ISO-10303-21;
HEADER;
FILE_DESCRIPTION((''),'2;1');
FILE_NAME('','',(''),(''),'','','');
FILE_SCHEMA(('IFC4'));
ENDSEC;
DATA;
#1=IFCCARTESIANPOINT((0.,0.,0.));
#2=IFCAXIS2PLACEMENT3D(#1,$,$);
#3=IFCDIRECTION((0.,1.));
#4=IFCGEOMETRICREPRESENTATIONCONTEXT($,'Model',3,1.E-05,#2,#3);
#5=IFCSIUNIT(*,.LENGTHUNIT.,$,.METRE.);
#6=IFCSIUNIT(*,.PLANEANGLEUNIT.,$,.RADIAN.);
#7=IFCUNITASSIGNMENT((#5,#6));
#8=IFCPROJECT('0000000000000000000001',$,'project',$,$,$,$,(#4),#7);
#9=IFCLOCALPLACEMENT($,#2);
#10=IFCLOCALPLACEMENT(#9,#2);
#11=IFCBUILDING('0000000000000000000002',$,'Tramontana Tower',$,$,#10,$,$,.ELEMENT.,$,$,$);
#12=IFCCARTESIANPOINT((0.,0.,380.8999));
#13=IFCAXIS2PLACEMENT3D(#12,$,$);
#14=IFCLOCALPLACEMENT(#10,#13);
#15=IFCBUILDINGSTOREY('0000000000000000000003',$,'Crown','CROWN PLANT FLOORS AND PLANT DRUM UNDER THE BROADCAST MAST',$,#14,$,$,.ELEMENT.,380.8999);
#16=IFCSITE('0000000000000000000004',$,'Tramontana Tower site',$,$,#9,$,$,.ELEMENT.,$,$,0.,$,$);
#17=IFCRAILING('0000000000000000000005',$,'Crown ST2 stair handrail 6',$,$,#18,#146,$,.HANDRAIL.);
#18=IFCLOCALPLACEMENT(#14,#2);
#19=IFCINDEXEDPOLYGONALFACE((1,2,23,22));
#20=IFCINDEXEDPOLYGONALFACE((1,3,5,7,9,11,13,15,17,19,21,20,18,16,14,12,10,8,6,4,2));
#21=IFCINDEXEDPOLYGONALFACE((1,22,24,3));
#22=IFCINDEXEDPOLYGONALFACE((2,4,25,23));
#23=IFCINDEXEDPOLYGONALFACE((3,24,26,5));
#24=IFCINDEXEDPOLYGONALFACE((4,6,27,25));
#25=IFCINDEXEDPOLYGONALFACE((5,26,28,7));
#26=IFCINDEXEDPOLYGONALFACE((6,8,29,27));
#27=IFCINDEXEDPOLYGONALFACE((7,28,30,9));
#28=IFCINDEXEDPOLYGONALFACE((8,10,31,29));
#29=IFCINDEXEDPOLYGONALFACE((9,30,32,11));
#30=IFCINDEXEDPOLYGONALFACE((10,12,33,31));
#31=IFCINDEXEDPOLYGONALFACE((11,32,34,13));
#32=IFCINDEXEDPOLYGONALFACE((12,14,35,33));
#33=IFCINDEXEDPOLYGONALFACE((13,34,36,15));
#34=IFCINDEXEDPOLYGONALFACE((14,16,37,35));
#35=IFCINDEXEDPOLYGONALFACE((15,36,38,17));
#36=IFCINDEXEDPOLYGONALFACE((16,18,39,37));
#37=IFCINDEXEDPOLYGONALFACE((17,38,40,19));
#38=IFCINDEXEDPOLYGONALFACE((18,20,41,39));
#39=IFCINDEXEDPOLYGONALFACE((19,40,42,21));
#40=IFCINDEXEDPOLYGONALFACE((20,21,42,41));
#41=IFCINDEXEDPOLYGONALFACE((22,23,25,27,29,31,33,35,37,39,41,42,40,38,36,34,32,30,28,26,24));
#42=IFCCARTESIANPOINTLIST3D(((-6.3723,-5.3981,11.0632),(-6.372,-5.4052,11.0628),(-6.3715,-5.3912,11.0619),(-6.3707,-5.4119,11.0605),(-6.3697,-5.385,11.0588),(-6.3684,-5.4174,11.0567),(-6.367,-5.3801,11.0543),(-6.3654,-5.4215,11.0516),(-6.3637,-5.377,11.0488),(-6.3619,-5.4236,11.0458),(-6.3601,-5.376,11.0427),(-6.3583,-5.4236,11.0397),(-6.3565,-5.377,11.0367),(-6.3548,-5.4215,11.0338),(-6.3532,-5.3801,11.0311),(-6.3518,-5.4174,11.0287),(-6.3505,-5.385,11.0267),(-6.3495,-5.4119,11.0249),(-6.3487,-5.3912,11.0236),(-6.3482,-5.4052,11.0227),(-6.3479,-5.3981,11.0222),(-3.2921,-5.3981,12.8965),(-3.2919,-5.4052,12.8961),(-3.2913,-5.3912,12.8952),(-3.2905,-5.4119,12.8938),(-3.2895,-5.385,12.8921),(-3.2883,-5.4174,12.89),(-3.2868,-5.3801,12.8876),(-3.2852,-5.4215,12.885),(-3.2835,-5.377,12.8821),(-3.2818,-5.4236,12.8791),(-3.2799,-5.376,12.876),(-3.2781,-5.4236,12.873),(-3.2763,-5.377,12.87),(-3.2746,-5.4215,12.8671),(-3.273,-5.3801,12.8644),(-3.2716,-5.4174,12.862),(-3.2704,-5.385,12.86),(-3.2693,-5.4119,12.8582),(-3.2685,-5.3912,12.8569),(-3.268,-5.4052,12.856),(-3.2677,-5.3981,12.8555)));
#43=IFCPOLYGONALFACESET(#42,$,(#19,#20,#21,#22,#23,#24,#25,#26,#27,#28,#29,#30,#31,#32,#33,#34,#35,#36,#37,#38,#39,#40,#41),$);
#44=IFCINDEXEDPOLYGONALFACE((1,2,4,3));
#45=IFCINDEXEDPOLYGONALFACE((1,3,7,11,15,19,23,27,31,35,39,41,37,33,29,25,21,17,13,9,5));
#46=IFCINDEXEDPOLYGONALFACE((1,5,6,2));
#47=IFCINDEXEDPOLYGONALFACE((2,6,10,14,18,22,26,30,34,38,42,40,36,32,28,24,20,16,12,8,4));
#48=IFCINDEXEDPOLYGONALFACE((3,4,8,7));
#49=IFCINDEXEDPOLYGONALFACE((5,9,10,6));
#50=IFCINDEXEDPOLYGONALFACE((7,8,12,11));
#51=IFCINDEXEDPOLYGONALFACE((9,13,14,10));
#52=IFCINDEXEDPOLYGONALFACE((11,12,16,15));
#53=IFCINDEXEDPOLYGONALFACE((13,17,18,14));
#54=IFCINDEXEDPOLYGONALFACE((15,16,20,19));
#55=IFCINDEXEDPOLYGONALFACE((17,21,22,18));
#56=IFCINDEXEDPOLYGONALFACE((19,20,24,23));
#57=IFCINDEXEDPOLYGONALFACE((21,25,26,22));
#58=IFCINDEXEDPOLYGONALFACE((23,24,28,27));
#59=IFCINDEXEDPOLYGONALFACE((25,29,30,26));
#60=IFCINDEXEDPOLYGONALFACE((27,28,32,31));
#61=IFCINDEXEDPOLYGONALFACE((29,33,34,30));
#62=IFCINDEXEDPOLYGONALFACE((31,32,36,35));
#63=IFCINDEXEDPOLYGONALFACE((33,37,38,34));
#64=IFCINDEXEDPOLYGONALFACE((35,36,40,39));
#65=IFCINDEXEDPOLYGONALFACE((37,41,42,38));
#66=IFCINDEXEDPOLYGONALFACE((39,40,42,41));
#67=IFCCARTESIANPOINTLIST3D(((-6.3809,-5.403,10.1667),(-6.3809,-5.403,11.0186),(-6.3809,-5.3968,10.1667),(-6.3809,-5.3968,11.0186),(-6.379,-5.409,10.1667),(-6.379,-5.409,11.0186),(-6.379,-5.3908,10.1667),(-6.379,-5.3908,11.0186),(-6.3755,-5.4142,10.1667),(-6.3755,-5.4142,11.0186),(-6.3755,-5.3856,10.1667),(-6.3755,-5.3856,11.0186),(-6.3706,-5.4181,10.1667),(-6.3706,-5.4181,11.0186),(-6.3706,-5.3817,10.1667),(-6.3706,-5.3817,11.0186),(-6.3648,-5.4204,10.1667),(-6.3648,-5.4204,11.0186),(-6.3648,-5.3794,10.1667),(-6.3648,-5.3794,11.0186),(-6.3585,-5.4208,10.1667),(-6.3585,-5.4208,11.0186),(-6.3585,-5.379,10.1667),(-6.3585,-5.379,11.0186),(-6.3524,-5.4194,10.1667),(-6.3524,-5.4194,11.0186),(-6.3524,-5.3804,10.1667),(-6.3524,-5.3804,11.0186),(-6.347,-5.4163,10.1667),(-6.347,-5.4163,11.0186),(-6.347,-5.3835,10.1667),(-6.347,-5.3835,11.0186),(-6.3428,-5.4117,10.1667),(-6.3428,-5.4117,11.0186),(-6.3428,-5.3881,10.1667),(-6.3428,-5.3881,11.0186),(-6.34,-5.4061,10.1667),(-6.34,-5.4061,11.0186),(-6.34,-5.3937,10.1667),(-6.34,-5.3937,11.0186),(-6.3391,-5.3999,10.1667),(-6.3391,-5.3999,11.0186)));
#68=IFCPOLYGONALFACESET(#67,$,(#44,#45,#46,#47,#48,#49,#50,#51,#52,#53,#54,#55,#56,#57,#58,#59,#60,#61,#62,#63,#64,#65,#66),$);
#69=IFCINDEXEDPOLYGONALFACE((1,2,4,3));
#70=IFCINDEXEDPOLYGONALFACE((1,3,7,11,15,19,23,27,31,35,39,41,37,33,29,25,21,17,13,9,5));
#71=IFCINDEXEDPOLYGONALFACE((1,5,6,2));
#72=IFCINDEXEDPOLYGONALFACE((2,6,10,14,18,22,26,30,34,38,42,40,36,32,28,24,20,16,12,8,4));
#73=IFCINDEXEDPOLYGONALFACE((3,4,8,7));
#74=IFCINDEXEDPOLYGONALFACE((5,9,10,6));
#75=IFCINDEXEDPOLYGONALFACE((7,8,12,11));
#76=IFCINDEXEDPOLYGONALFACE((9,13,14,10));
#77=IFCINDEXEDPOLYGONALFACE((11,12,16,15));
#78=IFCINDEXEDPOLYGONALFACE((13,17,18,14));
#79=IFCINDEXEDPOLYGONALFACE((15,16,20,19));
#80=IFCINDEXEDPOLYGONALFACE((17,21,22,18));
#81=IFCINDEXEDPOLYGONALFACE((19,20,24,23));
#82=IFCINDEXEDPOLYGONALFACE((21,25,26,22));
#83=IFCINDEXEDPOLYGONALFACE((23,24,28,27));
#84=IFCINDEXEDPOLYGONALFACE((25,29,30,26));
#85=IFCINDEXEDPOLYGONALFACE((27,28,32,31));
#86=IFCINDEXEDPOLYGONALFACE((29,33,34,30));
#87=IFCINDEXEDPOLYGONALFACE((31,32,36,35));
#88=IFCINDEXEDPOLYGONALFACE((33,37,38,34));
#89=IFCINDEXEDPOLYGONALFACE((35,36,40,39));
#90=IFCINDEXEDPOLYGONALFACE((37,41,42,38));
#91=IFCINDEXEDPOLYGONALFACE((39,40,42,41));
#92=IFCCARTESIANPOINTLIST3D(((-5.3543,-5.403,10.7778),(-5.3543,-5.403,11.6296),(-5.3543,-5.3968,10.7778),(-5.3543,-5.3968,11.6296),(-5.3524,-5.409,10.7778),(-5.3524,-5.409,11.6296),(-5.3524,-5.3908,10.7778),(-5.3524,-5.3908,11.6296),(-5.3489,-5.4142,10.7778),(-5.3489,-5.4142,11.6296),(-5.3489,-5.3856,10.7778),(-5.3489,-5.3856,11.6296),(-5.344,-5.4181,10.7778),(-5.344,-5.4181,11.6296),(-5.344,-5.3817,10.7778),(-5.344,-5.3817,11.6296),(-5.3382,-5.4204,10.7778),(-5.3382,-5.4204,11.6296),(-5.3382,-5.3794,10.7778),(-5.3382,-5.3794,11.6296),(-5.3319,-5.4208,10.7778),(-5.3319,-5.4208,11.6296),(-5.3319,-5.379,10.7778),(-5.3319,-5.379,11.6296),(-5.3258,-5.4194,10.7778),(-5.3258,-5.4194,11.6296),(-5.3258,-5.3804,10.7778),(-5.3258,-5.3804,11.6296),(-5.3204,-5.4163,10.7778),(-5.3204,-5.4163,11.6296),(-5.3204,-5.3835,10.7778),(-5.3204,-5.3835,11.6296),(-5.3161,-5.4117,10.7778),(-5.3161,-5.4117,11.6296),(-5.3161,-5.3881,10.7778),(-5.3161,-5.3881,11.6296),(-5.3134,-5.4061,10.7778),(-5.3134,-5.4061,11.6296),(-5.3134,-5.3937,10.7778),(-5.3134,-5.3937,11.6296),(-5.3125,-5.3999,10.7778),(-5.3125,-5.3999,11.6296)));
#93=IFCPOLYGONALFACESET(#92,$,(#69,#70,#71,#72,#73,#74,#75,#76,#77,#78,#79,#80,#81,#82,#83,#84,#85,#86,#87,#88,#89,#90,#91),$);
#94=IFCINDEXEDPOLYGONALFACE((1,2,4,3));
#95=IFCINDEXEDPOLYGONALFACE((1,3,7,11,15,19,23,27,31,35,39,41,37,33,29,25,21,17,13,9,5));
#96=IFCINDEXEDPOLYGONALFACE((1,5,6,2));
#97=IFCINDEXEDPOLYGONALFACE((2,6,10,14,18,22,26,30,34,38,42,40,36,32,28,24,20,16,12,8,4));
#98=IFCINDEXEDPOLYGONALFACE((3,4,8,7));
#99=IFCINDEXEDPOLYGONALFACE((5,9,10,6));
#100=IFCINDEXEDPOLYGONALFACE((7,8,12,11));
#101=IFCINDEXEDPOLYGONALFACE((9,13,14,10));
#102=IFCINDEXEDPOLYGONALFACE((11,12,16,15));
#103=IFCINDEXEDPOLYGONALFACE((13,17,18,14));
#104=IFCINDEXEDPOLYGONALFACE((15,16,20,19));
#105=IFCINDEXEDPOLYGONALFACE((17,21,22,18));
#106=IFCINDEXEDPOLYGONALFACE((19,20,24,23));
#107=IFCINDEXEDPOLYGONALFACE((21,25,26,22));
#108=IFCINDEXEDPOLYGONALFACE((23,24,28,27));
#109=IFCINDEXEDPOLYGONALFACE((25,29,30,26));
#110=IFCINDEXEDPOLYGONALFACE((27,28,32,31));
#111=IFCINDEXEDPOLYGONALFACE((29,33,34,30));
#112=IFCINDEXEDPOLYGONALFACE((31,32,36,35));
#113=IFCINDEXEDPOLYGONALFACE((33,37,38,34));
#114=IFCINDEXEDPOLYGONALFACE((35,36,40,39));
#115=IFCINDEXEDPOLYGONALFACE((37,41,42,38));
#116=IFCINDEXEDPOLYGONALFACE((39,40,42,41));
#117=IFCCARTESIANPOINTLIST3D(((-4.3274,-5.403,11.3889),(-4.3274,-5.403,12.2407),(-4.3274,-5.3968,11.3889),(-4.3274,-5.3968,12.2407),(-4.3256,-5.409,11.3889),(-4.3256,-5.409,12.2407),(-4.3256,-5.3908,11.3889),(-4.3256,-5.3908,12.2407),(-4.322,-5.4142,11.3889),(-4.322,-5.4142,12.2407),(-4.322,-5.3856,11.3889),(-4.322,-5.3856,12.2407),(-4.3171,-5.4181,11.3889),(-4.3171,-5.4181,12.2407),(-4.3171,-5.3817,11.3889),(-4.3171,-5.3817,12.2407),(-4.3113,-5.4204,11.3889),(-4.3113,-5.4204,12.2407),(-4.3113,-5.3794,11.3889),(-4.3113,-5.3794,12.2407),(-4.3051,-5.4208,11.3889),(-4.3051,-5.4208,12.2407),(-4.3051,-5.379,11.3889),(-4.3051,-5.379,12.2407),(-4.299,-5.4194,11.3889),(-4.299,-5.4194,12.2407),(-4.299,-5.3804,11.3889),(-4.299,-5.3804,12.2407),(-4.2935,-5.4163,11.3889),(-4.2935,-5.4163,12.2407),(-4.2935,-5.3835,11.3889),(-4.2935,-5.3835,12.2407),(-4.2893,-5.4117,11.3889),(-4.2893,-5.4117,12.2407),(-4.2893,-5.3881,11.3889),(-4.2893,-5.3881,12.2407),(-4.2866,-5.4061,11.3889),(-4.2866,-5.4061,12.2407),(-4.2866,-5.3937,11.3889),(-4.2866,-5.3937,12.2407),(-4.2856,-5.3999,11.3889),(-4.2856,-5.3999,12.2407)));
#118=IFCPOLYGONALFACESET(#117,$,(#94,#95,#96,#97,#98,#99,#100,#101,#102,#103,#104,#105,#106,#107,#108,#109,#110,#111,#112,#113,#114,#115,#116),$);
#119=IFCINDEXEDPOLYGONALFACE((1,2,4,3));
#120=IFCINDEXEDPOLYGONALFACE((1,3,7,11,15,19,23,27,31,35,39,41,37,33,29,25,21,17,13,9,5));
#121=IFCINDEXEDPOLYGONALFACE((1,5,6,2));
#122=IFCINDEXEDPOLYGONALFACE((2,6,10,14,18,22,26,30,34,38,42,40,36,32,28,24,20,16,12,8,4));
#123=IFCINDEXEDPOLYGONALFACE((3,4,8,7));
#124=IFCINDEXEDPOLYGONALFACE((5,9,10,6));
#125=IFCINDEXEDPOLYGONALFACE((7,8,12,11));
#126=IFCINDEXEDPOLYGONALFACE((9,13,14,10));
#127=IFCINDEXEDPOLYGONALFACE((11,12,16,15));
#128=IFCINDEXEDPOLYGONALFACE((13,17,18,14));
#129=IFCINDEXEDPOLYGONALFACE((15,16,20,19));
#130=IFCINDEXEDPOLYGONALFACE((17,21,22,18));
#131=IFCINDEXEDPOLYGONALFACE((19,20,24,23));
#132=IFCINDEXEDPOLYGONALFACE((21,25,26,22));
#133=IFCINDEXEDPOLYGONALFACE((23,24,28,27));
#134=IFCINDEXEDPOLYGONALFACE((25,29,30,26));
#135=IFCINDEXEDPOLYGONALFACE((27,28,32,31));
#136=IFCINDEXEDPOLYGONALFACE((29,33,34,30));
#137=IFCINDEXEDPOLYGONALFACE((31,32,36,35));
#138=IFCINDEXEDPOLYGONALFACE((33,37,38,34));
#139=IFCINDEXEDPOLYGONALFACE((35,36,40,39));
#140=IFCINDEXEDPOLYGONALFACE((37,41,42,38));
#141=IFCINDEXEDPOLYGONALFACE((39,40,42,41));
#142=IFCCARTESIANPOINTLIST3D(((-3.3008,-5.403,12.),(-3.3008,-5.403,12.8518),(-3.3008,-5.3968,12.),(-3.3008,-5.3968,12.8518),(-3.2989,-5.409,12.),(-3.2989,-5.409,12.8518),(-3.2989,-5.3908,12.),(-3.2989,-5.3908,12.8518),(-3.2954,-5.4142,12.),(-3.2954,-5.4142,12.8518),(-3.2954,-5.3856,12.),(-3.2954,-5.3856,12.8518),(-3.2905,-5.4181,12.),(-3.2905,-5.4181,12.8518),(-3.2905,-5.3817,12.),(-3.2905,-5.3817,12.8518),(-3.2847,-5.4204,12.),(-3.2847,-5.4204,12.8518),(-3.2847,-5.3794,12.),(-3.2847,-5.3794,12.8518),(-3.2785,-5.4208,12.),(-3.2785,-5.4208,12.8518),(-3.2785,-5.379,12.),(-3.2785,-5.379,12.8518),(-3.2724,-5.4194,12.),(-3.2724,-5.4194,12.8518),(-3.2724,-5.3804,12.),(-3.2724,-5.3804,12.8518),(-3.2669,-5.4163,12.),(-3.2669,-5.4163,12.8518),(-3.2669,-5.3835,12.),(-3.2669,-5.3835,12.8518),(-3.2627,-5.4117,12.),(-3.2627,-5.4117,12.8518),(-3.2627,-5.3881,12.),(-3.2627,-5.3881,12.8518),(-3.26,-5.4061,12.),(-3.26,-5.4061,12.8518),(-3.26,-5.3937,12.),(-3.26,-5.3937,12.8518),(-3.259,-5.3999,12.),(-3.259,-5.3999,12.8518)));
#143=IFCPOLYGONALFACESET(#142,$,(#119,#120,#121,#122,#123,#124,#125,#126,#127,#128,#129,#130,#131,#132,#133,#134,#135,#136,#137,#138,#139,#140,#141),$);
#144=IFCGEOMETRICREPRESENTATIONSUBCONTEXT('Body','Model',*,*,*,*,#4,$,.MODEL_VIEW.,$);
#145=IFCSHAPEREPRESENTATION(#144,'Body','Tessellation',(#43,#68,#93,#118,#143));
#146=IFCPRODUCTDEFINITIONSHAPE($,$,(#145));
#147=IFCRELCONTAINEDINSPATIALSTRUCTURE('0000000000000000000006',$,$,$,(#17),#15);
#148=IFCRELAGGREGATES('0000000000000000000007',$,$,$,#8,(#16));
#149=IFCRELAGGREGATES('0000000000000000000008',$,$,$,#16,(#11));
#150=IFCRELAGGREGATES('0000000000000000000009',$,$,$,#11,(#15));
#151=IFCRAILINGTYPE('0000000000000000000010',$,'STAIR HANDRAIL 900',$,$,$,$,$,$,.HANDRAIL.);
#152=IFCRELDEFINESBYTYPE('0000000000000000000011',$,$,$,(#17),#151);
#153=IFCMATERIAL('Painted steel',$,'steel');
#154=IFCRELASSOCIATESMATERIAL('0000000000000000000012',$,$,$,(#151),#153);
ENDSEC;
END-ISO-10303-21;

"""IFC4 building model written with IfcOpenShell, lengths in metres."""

from ifc_helpers import new_model, si_unit, direction, frame, origin, origin_2d, place, context, subcontext, project, spatial, circle, extrude, material, type_object, element, save


model = new_model("IFC4")

# Units and contexts
model_context = context("Model", 3, precision=1e-05, world=origin(), true_north=direction((0.0, 1.0)))
body_context = subcontext(model_context, "Body", "Model", "MODEL_VIEW")
ifc_project = project(units=[si_unit("LENGTHUNIT", "METRE"), si_unit("PLANEANGLEUNIT", "RADIAN")], contexts=[model_context])

# Site, building, storey
site_placement = place(None, origin())
site = spatial("IfcSite", under=ifc_project, at=site_placement, Name="Tramontana Tower site", CompositionType="ELEMENT", RefElevation=0.0)
building_placement = place(site_placement, origin())
building = spatial("IfcBuilding", under=site, at=building_placement, Name="Tramontana Tower", CompositionType="ELEMENT")
storey_placement = place(building_placement, frame((0.0, 0.0, 380.8999)))
storey = spatial("IfcBuildingStorey", under=building, at=storey_placement, Name="Crown", Description="CROWN PLANT FLOORS AND PLANT DRUM UNDER THE BROADCAST MAST", CompositionType="ELEMENT", Elevation=380.8999)

# Railing
ifc_material_1 = material(Name="Painted steel", Category="steel")
railing_type = type_object("IfcRailingType", Name="STAIR HANDRAIL 900", PredefinedType="HANDRAIL", material=ifc_material_1)
for number, where, name in (
    (1, (-6.3601, -5.3999, 10.1667), "Crown ST2 stair handrail 6"),
):
    element("IfcRailing", number, at=place(storey_placement, frame(where)), inside=storey, type_object=railing_type, Name=name, PredefinedType="HANDRAIL", context=body_context, shape_type="SweptSolid", body=[
        extrude(circle(Radius=0.0239, at=origin_2d()), frame((0.0, 0.0, 0.876), z_axis=(0.859309, 0.0, 0.511458), x_axis=(0.0, 1.0, 0.0)), (0.0, 0.0, 1.0), 3.5845),
        extrude(circle(Radius=0.021, at=origin_2d()), origin(), (0.0, 0.0, 1.0), 0.8518),
        extrude(circle(Radius=0.021, at=origin_2d()), frame((1.0266, 0.0, 0.6111)), (0.0, 0.0, 1.0), 0.8518),
        extrude(circle(Radius=0.021, at=origin_2d()), frame((2.0535, 0.0, 1.2222)), (0.0, 0.0, 1.0), 0.8518),
        extrude(circle(Radius=0.021, at=origin_2d()), frame((3.0801, 0.0, 1.8333)), (0.0, 0.0, 1.0), 0.8518),
    ])

save(model, "model.ifc")
